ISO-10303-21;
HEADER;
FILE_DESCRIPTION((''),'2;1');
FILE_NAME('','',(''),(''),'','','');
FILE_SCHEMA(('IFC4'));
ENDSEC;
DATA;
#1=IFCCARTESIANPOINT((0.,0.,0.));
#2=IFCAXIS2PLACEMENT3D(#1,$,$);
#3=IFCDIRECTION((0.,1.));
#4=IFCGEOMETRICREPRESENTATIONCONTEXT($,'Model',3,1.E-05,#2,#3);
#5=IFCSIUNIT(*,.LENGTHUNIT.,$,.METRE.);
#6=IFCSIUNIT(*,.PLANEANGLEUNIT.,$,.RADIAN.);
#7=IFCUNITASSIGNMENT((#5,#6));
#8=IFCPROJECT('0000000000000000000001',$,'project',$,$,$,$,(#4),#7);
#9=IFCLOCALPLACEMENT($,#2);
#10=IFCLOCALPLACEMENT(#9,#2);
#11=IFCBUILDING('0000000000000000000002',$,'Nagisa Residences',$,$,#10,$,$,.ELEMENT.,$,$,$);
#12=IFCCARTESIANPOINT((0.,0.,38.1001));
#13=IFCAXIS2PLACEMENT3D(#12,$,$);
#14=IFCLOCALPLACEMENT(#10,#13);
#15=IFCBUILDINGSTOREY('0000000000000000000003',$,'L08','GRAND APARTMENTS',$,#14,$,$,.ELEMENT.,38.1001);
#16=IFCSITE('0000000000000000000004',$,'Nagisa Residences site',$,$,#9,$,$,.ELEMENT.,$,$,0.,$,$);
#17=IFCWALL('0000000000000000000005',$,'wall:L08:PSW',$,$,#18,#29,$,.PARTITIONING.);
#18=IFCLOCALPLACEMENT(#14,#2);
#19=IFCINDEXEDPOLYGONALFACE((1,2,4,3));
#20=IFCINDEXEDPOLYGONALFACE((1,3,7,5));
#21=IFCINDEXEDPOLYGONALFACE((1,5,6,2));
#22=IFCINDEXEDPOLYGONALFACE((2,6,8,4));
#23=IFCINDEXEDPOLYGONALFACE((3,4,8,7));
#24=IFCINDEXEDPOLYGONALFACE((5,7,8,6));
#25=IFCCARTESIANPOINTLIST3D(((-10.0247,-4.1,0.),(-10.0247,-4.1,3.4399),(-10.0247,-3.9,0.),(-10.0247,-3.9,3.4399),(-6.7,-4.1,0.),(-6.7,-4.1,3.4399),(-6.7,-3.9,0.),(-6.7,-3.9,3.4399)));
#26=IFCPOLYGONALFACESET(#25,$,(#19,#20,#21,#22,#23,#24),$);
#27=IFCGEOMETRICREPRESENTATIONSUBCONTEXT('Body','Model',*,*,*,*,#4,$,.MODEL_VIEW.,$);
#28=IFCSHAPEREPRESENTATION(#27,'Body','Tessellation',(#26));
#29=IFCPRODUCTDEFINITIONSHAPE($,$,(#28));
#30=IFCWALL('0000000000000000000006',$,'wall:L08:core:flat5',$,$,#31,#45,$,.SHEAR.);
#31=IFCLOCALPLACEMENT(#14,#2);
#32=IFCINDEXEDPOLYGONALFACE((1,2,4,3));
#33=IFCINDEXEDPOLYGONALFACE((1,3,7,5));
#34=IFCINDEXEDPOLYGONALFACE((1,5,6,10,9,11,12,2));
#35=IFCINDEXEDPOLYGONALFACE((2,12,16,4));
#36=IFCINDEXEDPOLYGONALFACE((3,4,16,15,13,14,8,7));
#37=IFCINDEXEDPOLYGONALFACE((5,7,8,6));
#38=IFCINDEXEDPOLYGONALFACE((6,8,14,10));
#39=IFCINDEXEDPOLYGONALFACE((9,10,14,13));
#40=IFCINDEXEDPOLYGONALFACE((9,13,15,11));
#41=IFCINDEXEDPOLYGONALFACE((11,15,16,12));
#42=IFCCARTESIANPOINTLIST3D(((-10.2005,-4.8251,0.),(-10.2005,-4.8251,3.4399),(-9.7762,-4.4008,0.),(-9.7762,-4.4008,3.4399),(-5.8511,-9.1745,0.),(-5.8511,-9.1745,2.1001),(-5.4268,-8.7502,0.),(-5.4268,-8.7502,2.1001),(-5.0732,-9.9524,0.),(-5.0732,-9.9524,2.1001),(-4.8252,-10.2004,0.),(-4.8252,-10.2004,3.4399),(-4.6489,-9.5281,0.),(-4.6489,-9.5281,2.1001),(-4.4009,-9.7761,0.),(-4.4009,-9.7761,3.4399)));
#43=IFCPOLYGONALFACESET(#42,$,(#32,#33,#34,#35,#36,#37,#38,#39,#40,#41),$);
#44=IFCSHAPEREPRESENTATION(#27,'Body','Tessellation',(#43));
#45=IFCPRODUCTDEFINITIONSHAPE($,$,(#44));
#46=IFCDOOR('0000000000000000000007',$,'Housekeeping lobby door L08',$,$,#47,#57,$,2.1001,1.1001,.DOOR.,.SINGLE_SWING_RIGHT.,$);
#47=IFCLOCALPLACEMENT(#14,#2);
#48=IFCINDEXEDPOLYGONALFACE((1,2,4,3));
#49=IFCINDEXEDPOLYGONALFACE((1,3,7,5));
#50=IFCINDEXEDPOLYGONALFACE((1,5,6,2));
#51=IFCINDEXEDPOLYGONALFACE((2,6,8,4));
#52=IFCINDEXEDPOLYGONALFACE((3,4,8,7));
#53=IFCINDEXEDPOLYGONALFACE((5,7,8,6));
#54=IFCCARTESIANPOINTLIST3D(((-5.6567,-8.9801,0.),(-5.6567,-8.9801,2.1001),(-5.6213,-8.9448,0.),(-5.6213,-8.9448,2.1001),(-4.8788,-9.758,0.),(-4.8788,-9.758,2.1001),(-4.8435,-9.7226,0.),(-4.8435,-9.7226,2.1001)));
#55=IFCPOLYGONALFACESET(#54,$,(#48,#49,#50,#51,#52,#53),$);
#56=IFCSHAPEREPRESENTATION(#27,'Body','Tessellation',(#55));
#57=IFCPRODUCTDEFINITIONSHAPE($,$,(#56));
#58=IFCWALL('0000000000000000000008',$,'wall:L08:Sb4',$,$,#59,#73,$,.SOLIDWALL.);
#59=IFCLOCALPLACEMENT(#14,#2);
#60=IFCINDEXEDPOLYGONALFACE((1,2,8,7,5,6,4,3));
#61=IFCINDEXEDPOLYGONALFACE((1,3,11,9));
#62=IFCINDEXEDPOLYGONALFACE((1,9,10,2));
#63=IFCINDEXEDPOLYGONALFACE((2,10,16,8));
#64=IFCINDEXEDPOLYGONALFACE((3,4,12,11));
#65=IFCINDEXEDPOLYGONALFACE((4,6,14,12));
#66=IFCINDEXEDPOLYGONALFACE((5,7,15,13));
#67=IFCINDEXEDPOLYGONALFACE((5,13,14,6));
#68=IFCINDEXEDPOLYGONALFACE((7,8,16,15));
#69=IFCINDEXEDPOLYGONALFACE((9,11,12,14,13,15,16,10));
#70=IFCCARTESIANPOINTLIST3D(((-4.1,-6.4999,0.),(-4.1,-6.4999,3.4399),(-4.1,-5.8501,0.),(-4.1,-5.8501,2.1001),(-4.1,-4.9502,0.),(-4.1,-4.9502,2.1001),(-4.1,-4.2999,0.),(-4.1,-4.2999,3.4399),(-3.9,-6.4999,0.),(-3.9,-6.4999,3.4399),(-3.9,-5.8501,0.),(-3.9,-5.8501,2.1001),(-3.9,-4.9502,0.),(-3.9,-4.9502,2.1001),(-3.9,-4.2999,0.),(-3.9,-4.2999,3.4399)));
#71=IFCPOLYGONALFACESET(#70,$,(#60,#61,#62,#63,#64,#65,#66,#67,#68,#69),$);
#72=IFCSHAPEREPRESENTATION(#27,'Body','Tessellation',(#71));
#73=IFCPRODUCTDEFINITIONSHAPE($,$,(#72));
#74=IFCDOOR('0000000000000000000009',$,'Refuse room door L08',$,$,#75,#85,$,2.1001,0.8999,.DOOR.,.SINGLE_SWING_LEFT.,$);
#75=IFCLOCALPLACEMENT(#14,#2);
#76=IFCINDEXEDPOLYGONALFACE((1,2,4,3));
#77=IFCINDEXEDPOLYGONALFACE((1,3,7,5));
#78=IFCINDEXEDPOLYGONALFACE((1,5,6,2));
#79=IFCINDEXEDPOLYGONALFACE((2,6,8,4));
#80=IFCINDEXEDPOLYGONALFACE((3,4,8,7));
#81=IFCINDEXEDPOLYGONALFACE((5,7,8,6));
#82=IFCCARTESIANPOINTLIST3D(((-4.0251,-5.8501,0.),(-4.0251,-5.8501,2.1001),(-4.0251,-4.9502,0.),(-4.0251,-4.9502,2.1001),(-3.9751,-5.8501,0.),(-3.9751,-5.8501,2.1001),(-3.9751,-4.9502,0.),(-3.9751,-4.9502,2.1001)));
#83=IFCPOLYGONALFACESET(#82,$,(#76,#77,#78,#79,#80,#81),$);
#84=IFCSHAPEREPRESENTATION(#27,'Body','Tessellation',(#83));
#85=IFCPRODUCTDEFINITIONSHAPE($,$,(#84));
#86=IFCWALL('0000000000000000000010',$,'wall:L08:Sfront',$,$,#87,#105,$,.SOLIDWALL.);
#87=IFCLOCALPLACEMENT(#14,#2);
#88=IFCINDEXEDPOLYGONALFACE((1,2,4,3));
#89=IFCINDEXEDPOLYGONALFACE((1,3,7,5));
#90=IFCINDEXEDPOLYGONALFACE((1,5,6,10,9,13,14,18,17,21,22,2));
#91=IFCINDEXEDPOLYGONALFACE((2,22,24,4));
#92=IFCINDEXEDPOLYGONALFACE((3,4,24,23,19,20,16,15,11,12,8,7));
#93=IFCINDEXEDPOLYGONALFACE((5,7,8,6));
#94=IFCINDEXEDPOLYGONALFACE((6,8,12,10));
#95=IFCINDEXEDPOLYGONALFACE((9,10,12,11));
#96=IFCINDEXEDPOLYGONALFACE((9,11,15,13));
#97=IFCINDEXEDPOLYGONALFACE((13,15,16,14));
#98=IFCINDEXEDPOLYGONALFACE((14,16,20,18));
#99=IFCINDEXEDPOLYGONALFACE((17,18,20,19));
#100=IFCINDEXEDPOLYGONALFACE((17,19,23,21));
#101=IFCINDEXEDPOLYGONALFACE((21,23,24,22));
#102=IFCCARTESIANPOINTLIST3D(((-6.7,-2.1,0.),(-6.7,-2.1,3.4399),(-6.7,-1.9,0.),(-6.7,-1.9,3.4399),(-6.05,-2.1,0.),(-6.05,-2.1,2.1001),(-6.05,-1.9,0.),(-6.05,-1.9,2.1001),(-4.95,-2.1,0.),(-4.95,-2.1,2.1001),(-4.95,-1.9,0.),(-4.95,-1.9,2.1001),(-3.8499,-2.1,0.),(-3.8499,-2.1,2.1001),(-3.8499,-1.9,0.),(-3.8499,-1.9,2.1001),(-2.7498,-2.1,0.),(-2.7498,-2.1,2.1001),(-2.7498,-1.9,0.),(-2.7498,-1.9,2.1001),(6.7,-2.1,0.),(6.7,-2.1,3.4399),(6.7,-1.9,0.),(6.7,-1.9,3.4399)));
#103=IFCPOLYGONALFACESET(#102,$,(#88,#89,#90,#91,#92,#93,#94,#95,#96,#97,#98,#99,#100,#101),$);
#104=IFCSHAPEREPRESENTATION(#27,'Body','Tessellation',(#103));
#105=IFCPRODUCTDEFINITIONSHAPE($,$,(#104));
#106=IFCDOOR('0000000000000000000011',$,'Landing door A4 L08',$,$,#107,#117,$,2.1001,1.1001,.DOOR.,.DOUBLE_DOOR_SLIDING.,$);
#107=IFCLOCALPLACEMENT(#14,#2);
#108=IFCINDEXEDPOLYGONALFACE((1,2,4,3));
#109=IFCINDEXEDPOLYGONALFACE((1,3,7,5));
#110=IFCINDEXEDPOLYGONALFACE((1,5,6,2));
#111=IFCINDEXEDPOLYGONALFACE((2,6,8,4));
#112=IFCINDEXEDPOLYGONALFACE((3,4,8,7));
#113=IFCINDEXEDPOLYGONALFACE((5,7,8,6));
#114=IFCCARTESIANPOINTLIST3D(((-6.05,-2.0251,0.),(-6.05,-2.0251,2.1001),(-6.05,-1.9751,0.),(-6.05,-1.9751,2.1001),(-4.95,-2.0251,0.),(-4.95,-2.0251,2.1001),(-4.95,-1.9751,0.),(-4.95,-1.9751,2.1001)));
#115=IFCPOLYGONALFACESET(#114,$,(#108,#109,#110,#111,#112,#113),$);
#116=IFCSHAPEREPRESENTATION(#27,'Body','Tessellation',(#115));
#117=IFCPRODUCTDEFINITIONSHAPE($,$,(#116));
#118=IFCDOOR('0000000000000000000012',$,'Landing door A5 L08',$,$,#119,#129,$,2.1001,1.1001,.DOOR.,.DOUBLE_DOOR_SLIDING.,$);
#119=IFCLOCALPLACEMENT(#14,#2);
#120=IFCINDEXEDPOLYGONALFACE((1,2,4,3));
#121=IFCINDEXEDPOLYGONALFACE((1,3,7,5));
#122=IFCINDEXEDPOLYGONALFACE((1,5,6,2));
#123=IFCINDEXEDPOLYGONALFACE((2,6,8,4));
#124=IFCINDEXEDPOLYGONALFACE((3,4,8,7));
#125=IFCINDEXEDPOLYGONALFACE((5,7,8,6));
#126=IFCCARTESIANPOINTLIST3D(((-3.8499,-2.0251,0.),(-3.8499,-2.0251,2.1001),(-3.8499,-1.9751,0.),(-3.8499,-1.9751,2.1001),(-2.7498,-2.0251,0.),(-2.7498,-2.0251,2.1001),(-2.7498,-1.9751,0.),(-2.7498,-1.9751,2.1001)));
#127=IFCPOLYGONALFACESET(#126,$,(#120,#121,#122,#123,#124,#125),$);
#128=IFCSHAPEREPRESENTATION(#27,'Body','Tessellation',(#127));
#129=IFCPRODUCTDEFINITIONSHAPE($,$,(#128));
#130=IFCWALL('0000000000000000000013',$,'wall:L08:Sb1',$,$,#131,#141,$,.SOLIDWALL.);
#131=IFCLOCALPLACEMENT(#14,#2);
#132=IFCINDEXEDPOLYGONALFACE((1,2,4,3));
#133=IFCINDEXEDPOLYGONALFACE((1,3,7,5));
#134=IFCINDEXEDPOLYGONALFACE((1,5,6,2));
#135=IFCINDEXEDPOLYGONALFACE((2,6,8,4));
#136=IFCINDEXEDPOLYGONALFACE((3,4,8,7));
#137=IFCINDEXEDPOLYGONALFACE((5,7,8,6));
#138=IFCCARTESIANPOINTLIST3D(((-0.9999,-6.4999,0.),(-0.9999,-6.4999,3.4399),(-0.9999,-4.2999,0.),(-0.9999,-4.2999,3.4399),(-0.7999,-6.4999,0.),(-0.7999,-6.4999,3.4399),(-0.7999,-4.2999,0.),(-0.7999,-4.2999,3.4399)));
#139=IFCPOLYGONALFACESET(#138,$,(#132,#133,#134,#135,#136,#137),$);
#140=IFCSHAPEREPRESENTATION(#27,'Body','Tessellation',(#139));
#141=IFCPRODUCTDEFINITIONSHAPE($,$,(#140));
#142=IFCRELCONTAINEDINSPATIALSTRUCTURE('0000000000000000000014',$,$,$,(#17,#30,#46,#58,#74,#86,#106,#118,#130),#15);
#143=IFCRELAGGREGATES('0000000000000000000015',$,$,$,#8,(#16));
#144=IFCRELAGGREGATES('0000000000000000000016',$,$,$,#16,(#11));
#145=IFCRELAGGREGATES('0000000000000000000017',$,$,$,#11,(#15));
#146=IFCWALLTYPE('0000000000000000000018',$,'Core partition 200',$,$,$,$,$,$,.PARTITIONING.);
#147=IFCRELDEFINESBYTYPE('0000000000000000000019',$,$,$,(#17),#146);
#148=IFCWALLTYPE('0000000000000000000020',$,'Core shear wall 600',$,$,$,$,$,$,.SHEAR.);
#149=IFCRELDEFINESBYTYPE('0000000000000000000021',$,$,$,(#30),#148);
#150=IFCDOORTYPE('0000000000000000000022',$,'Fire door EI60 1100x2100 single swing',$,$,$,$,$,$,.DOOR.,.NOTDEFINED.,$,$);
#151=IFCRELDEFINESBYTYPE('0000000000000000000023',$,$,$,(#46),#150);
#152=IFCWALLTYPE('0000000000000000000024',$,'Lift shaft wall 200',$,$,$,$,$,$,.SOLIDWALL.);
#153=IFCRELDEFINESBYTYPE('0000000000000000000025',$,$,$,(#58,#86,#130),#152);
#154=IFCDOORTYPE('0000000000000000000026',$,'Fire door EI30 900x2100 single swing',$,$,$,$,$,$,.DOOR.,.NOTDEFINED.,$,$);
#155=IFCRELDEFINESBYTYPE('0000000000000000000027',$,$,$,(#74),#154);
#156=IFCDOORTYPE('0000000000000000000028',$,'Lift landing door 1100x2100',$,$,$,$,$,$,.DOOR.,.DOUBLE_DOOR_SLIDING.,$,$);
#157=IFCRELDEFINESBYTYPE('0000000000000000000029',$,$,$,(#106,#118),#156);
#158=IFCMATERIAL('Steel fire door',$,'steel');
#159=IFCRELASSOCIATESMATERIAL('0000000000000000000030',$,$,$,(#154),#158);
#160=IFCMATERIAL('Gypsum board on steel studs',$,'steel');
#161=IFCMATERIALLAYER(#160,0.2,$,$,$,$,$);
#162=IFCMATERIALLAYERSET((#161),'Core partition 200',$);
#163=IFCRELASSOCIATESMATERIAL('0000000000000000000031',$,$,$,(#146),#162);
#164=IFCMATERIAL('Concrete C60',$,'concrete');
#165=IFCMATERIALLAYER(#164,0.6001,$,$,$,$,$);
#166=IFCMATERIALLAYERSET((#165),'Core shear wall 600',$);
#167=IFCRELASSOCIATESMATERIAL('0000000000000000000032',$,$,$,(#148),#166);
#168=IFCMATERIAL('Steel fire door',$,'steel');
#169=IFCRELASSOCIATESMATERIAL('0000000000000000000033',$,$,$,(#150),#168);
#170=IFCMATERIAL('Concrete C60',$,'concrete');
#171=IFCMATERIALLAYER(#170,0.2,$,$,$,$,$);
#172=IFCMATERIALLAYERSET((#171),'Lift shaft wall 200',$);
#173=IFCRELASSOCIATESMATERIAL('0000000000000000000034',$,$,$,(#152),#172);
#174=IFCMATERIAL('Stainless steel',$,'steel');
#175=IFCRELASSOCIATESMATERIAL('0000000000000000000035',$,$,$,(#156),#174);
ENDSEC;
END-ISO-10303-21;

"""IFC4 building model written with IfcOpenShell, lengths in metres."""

from ifc_helpers import new_model, si_unit, direction, frame, frame_2d, origin, place, context, subcontext, project, spatial, rectangle, extrude, material, layer, layer_set, type_object, element, fill, save


model = new_model("IFC4")

# Units and contexts
model_context = context("Model", 3, precision=1e-05, world=origin(), true_north=direction((0.0, 1.0)))
body_context = subcontext(model_context, "Body", "Model", "MODEL_VIEW")
ifc_project = project(units=[si_unit("LENGTHUNIT", "METRE"), si_unit("PLANEANGLEUNIT", "RADIAN")], contexts=[model_context])

# Site, building, storey
site_placement = place(None, origin())
site = spatial("IfcSite", under=ifc_project, at=site_placement, Name="Nagisa Residences site", CompositionType="ELEMENT", RefElevation=0.0)
building_placement = place(site_placement, origin())
building = spatial("IfcBuilding", under=site, at=building_placement, Name="Nagisa Residences", CompositionType="ELEMENT")
storey_placement = place(building_placement, frame((0.0, 0.0, 38.1001)))
storey = spatial("IfcBuildingStorey", under=building, at=storey_placement, Name="L08", Description="GRAND APARTMENTS", CompositionType="ELEMENT", Elevation=38.1001)

# Shared definitions
ifc_material_1 = material(Name="Steel fire door", Category="steel")
door_type_1 = type_object("IfcDoorType", Name="Fire door EI30 900x2100 single swing", OperationType="NOTDEFINED", PredefinedType="DOOR", material=ifc_material_1)

# Wall
ifc_material_2 = material(Name="Gypsum board on steel studs", Category="steel")
ifc_layer_1 = layer(ifc_material_2, 0.2)
ifc_layer_set_1 = layer_set([ifc_layer_1], Name="Core partition 200")
wall_type_1 = type_object("IfcWallType", Name="Core partition 200", PredefinedType="PARTITIONING", material=ifc_layer_set_1)
wall_1_placement = place(storey_placement, frame((-10.0247, -4.0, 0.0), z_axis=(0.0, 0.0, 1.0), x_axis=(1.0, 0.0, 0.0)))
element("IfcWall", 1, at=wall_1_placement, inside=storey, type_object=wall_type_1, Name="wall:L08:PSW", PredefinedType="PARTITIONING", context=body_context, shape_type="SweptSolid", body=[
    extrude(rectangle(XDim=3.3247, YDim=0.2, at=frame_2d((1.6624, 0.0))), origin(), (0.0, 0.0, 1.0), 3.4399),
])

# Walls, openings, doors
ifc_material_3 = material(Name="Concrete C60", Category="concrete")
ifc_layer_2 = layer(ifc_material_3, 0.6001)
ifc_layer_set_2 = layer_set([ifc_layer_2], Name="Core shear wall 600")
wall_type_2 = type_object("IfcWallType", Name="Core shear wall 600", PredefinedType="SHEAR", material=ifc_layer_set_2)
wall_2_placement = place(storey_placement, frame((-9.9883, -4.613, 0.0), z_axis=(0.0, 0.0, 1.0), x_axis=(0.707107, -0.707107, 0.0)))
wall_2 = element("IfcWall", 2, at=wall_2_placement, inside=storey, type_object=wall_type_2, Name="wall:L08:core:flat5", PredefinedType="SHEAR", context=body_context, shape_type="SweptSolid", body=[
    extrude(rectangle(XDim=7.6018, YDim=0.6001, at=frame_2d((3.8008, 0.0))), origin(), (0.0, 0.0, 1.0), 3.4399),
])
opening_1_placement = place(wall_2_placement, frame((6.1509, 0.0, 0.0)))
opening_1 = element("IfcOpeningElement", 3, at=opening_1_placement, cuts=wall_2, PredefinedType="OPENING", context=body_context, shape_type="SweptSolid", body=[
    extrude(rectangle(XDim=1.1001, YDim=2.1001, at=frame_2d((0.55, 1.05))), frame((0.0, 0.3101, 0.0), z_axis=(0.0, -1.0, 0.0), x_axis=(1.0, 0.0, 0.0)), (0.0, 0.0, 1.0), 0.6201),
])
ifc_material_4 = material(Name="Steel fire door", Category="steel")
door_type_2 = type_object("IfcDoorType", Name="Fire door EI60 1100x2100 single swing", OperationType="NOTDEFINED", PredefinedType="DOOR", material=ifc_material_4)
door_1_placement = place(opening_1_placement, origin())
door_1 = element("IfcDoor", 4, at=door_1_placement, inside=storey, type_object=door_type_2, Name="Housekeeping lobby door L08", OperationType="SINGLE_SWING_RIGHT", OverallHeight=2.1001, OverallWidth=1.1001, PredefinedType="DOOR", context=body_context, shape_type="SweptSolid", body=[
    extrude(rectangle(XDim=1.1001, YDim=2.1001, at=frame_2d((0.55, 1.05))), frame((0.0, 0.0249, 0.0), z_axis=(0.0, -1.0, 0.0), x_axis=(1.0, 0.0, 0.0)), (0.0, 0.0, 1.0), 0.05),
])
fill(opening_1, door_1)
ifc_material_5 = material(Name="Concrete C60", Category="concrete")
ifc_layer_3 = layer(ifc_material_5, 0.2)
ifc_layer_set_3 = layer_set([ifc_layer_3], Name="Lift shaft wall 200")
wall_type_3 = type_object("IfcWallType", Name="Lift shaft wall 200", PredefinedType="SOLIDWALL", material=ifc_layer_set_3)
wall_3_placement = place(storey_placement, frame((-4.0, -6.5, 0.0), z_axis=(0.0, 0.0, 1.0), x_axis=(0.0, 1.0, 0.0)))
wall_3 = element("IfcWall", 5, at=wall_3_placement, inside=storey, type_object=wall_type_3, Name="wall:L08:Sb4", PredefinedType="SOLIDWALL", context=body_context, shape_type="SweptSolid", body=[
    extrude(rectangle(XDim=2.2, YDim=0.2, at=frame_2d((1.1001, 0.0))), origin(), (0.0, 0.0, 1.0), 3.4399),
])
opening_2_placement = place(wall_3_placement, frame((0.6499, 0.0, 0.0)))
opening_2 = element("IfcOpeningElement", 6, at=opening_2_placement, cuts=wall_3, PredefinedType="OPENING", context=body_context, shape_type="SweptSolid", body=[
    extrude(rectangle(XDim=0.8999, YDim=2.1001, at=frame_2d((0.45, 1.05))), frame((0.0, 0.1099, 0.0), z_axis=(0.0, -1.0, 0.0), x_axis=(1.0, 0.0, 0.0)), (0.0, 0.0, 1.0), 0.22),
])
door_2_placement = place(opening_2_placement, frame((0.8999, 0.0, 0.0), x_axis=(-1.0, 0.0, 0.0)))
door_2 = element("IfcDoor", 7, at=door_2_placement, inside=storey, type_object=door_type_1, Name="Refuse room door L08", OperationType="SINGLE_SWING_LEFT", OverallHeight=2.1001, OverallWidth=0.8999, PredefinedType="DOOR", context=body_context, shape_type="SweptSolid", body=[
    extrude(rectangle(XDim=0.8999, YDim=2.1001, at=frame_2d((0.45, 1.05))), frame((0.0, 0.0249, 0.0), z_axis=(0.0, -1.0, 0.0), x_axis=(1.0, 0.0, 0.0)), (0.0, 0.0, 1.0), 0.05),
])
fill(opening_2, door_2)

# Wall, openings, doors
wall_4_placement = place(storey_placement, frame((-6.7, -2.0, 0.0), z_axis=(0.0, 0.0, 1.0), x_axis=(1.0, 0.0, 0.0)))
wall_4 = element("IfcWall", 8, at=wall_4_placement, inside=storey, type_object=wall_type_3, Name="wall:L08:Sfront", PredefinedType="SOLIDWALL", context=body_context, shape_type="SweptSolid", body=[
    extrude(rectangle(XDim=13.3999, YDim=0.2, at=frame_2d((6.7, 0.0))), origin(), (0.0, 0.0, 1.0), 3.4399),
])
opening_3_placement = place(wall_4_placement, frame((0.6499, 0.0, 0.0)))
opening_3 = element("IfcOpeningElement", 9, at=opening_3_placement, cuts=wall_4, PredefinedType="OPENING", context=body_context, shape_type="SweptSolid", body=[
    extrude(rectangle(XDim=1.1001, YDim=2.1001, at=frame_2d((0.55, 1.05))), frame((0.0, 0.1099, 0.0), z_axis=(0.0, -1.0, 0.0), x_axis=(1.0, 0.0, 0.0)), (0.0, 0.0, 1.0), 0.22),
])
opening_4_placement = place(wall_4_placement, frame((2.8501, 0.0, 0.0)))
opening_4 = element("IfcOpeningElement", 10, at=opening_4_placement, cuts=wall_4, PredefinedType="OPENING", context=body_context, shape_type="SweptSolid", body=[
    extrude(rectangle(XDim=1.1001, YDim=2.1001, at=frame_2d((0.55, 1.05))), frame((0.0, 0.1099, 0.0), z_axis=(0.0, -1.0, 0.0), x_axis=(1.0, 0.0, 0.0)), (0.0, 0.0, 1.0), 0.22),
])
ifc_material_6 = material(Name="Stainless steel", Category="steel")
door_type_3 = type_object("IfcDoorType", Name="Lift landing door 1100x2100", OperationType="DOUBLE_DOOR_SLIDING", PredefinedType="DOOR", material=ifc_material_6)
door_3_placement = place(opening_3_placement, origin())
door_3 = element("IfcDoor", 11, at=door_3_placement, inside=storey, type_object=door_type_3, Name="Landing door A4 L08", OperationType="DOUBLE_DOOR_SLIDING", OverallHeight=2.1001, OverallWidth=1.1001, PredefinedType="DOOR", context=body_context, shape_type="SweptSolid", body=[
    extrude(rectangle(XDim=1.1001, YDim=2.1001, at=frame_2d((0.55, 1.05))), frame((0.0, 0.0249, 0.0), z_axis=(0.0, -1.0, 0.0), x_axis=(1.0, 0.0, 0.0)), (0.0, 0.0, 1.0), 0.05),
])
fill(opening_3, door_3)
door_4_placement = place(opening_4_placement, origin())
door_4 = element("IfcDoor", 12, at=door_4_placement, inside=storey, type_object=door_type_3, Name="Landing door A5 L08", OperationType="DOUBLE_DOOR_SLIDING", OverallHeight=2.1001, OverallWidth=1.1001, PredefinedType="DOOR", context=body_context, shape_type="SweptSolid", body=[
    extrude(rectangle(XDim=1.1001, YDim=2.1001, at=frame_2d((0.55, 1.05))), frame((0.0, 0.0249, 0.0), z_axis=(0.0, -1.0, 0.0), x_axis=(1.0, 0.0, 0.0)), (0.0, 0.0, 1.0), 0.05),
])
fill(opening_4, door_4)

# Wall
wall_5_placement = place(storey_placement, frame((-0.8999, -6.5, 0.0), z_axis=(0.0, 0.0, 1.0), x_axis=(0.0, 1.0, 0.0)))
element("IfcWall", 13, at=wall_5_placement, inside=storey, type_object=wall_type_3, Name="wall:L08:Sb1", PredefinedType="SOLIDWALL", context=body_context, shape_type="SweptSolid", body=[
    extrude(rectangle(XDim=2.2, YDim=0.2, at=frame_2d((1.1001, 0.0))), origin(), (0.0, 0.0, 1.0), 3.4399),
])

save(model, "model.ifc")
